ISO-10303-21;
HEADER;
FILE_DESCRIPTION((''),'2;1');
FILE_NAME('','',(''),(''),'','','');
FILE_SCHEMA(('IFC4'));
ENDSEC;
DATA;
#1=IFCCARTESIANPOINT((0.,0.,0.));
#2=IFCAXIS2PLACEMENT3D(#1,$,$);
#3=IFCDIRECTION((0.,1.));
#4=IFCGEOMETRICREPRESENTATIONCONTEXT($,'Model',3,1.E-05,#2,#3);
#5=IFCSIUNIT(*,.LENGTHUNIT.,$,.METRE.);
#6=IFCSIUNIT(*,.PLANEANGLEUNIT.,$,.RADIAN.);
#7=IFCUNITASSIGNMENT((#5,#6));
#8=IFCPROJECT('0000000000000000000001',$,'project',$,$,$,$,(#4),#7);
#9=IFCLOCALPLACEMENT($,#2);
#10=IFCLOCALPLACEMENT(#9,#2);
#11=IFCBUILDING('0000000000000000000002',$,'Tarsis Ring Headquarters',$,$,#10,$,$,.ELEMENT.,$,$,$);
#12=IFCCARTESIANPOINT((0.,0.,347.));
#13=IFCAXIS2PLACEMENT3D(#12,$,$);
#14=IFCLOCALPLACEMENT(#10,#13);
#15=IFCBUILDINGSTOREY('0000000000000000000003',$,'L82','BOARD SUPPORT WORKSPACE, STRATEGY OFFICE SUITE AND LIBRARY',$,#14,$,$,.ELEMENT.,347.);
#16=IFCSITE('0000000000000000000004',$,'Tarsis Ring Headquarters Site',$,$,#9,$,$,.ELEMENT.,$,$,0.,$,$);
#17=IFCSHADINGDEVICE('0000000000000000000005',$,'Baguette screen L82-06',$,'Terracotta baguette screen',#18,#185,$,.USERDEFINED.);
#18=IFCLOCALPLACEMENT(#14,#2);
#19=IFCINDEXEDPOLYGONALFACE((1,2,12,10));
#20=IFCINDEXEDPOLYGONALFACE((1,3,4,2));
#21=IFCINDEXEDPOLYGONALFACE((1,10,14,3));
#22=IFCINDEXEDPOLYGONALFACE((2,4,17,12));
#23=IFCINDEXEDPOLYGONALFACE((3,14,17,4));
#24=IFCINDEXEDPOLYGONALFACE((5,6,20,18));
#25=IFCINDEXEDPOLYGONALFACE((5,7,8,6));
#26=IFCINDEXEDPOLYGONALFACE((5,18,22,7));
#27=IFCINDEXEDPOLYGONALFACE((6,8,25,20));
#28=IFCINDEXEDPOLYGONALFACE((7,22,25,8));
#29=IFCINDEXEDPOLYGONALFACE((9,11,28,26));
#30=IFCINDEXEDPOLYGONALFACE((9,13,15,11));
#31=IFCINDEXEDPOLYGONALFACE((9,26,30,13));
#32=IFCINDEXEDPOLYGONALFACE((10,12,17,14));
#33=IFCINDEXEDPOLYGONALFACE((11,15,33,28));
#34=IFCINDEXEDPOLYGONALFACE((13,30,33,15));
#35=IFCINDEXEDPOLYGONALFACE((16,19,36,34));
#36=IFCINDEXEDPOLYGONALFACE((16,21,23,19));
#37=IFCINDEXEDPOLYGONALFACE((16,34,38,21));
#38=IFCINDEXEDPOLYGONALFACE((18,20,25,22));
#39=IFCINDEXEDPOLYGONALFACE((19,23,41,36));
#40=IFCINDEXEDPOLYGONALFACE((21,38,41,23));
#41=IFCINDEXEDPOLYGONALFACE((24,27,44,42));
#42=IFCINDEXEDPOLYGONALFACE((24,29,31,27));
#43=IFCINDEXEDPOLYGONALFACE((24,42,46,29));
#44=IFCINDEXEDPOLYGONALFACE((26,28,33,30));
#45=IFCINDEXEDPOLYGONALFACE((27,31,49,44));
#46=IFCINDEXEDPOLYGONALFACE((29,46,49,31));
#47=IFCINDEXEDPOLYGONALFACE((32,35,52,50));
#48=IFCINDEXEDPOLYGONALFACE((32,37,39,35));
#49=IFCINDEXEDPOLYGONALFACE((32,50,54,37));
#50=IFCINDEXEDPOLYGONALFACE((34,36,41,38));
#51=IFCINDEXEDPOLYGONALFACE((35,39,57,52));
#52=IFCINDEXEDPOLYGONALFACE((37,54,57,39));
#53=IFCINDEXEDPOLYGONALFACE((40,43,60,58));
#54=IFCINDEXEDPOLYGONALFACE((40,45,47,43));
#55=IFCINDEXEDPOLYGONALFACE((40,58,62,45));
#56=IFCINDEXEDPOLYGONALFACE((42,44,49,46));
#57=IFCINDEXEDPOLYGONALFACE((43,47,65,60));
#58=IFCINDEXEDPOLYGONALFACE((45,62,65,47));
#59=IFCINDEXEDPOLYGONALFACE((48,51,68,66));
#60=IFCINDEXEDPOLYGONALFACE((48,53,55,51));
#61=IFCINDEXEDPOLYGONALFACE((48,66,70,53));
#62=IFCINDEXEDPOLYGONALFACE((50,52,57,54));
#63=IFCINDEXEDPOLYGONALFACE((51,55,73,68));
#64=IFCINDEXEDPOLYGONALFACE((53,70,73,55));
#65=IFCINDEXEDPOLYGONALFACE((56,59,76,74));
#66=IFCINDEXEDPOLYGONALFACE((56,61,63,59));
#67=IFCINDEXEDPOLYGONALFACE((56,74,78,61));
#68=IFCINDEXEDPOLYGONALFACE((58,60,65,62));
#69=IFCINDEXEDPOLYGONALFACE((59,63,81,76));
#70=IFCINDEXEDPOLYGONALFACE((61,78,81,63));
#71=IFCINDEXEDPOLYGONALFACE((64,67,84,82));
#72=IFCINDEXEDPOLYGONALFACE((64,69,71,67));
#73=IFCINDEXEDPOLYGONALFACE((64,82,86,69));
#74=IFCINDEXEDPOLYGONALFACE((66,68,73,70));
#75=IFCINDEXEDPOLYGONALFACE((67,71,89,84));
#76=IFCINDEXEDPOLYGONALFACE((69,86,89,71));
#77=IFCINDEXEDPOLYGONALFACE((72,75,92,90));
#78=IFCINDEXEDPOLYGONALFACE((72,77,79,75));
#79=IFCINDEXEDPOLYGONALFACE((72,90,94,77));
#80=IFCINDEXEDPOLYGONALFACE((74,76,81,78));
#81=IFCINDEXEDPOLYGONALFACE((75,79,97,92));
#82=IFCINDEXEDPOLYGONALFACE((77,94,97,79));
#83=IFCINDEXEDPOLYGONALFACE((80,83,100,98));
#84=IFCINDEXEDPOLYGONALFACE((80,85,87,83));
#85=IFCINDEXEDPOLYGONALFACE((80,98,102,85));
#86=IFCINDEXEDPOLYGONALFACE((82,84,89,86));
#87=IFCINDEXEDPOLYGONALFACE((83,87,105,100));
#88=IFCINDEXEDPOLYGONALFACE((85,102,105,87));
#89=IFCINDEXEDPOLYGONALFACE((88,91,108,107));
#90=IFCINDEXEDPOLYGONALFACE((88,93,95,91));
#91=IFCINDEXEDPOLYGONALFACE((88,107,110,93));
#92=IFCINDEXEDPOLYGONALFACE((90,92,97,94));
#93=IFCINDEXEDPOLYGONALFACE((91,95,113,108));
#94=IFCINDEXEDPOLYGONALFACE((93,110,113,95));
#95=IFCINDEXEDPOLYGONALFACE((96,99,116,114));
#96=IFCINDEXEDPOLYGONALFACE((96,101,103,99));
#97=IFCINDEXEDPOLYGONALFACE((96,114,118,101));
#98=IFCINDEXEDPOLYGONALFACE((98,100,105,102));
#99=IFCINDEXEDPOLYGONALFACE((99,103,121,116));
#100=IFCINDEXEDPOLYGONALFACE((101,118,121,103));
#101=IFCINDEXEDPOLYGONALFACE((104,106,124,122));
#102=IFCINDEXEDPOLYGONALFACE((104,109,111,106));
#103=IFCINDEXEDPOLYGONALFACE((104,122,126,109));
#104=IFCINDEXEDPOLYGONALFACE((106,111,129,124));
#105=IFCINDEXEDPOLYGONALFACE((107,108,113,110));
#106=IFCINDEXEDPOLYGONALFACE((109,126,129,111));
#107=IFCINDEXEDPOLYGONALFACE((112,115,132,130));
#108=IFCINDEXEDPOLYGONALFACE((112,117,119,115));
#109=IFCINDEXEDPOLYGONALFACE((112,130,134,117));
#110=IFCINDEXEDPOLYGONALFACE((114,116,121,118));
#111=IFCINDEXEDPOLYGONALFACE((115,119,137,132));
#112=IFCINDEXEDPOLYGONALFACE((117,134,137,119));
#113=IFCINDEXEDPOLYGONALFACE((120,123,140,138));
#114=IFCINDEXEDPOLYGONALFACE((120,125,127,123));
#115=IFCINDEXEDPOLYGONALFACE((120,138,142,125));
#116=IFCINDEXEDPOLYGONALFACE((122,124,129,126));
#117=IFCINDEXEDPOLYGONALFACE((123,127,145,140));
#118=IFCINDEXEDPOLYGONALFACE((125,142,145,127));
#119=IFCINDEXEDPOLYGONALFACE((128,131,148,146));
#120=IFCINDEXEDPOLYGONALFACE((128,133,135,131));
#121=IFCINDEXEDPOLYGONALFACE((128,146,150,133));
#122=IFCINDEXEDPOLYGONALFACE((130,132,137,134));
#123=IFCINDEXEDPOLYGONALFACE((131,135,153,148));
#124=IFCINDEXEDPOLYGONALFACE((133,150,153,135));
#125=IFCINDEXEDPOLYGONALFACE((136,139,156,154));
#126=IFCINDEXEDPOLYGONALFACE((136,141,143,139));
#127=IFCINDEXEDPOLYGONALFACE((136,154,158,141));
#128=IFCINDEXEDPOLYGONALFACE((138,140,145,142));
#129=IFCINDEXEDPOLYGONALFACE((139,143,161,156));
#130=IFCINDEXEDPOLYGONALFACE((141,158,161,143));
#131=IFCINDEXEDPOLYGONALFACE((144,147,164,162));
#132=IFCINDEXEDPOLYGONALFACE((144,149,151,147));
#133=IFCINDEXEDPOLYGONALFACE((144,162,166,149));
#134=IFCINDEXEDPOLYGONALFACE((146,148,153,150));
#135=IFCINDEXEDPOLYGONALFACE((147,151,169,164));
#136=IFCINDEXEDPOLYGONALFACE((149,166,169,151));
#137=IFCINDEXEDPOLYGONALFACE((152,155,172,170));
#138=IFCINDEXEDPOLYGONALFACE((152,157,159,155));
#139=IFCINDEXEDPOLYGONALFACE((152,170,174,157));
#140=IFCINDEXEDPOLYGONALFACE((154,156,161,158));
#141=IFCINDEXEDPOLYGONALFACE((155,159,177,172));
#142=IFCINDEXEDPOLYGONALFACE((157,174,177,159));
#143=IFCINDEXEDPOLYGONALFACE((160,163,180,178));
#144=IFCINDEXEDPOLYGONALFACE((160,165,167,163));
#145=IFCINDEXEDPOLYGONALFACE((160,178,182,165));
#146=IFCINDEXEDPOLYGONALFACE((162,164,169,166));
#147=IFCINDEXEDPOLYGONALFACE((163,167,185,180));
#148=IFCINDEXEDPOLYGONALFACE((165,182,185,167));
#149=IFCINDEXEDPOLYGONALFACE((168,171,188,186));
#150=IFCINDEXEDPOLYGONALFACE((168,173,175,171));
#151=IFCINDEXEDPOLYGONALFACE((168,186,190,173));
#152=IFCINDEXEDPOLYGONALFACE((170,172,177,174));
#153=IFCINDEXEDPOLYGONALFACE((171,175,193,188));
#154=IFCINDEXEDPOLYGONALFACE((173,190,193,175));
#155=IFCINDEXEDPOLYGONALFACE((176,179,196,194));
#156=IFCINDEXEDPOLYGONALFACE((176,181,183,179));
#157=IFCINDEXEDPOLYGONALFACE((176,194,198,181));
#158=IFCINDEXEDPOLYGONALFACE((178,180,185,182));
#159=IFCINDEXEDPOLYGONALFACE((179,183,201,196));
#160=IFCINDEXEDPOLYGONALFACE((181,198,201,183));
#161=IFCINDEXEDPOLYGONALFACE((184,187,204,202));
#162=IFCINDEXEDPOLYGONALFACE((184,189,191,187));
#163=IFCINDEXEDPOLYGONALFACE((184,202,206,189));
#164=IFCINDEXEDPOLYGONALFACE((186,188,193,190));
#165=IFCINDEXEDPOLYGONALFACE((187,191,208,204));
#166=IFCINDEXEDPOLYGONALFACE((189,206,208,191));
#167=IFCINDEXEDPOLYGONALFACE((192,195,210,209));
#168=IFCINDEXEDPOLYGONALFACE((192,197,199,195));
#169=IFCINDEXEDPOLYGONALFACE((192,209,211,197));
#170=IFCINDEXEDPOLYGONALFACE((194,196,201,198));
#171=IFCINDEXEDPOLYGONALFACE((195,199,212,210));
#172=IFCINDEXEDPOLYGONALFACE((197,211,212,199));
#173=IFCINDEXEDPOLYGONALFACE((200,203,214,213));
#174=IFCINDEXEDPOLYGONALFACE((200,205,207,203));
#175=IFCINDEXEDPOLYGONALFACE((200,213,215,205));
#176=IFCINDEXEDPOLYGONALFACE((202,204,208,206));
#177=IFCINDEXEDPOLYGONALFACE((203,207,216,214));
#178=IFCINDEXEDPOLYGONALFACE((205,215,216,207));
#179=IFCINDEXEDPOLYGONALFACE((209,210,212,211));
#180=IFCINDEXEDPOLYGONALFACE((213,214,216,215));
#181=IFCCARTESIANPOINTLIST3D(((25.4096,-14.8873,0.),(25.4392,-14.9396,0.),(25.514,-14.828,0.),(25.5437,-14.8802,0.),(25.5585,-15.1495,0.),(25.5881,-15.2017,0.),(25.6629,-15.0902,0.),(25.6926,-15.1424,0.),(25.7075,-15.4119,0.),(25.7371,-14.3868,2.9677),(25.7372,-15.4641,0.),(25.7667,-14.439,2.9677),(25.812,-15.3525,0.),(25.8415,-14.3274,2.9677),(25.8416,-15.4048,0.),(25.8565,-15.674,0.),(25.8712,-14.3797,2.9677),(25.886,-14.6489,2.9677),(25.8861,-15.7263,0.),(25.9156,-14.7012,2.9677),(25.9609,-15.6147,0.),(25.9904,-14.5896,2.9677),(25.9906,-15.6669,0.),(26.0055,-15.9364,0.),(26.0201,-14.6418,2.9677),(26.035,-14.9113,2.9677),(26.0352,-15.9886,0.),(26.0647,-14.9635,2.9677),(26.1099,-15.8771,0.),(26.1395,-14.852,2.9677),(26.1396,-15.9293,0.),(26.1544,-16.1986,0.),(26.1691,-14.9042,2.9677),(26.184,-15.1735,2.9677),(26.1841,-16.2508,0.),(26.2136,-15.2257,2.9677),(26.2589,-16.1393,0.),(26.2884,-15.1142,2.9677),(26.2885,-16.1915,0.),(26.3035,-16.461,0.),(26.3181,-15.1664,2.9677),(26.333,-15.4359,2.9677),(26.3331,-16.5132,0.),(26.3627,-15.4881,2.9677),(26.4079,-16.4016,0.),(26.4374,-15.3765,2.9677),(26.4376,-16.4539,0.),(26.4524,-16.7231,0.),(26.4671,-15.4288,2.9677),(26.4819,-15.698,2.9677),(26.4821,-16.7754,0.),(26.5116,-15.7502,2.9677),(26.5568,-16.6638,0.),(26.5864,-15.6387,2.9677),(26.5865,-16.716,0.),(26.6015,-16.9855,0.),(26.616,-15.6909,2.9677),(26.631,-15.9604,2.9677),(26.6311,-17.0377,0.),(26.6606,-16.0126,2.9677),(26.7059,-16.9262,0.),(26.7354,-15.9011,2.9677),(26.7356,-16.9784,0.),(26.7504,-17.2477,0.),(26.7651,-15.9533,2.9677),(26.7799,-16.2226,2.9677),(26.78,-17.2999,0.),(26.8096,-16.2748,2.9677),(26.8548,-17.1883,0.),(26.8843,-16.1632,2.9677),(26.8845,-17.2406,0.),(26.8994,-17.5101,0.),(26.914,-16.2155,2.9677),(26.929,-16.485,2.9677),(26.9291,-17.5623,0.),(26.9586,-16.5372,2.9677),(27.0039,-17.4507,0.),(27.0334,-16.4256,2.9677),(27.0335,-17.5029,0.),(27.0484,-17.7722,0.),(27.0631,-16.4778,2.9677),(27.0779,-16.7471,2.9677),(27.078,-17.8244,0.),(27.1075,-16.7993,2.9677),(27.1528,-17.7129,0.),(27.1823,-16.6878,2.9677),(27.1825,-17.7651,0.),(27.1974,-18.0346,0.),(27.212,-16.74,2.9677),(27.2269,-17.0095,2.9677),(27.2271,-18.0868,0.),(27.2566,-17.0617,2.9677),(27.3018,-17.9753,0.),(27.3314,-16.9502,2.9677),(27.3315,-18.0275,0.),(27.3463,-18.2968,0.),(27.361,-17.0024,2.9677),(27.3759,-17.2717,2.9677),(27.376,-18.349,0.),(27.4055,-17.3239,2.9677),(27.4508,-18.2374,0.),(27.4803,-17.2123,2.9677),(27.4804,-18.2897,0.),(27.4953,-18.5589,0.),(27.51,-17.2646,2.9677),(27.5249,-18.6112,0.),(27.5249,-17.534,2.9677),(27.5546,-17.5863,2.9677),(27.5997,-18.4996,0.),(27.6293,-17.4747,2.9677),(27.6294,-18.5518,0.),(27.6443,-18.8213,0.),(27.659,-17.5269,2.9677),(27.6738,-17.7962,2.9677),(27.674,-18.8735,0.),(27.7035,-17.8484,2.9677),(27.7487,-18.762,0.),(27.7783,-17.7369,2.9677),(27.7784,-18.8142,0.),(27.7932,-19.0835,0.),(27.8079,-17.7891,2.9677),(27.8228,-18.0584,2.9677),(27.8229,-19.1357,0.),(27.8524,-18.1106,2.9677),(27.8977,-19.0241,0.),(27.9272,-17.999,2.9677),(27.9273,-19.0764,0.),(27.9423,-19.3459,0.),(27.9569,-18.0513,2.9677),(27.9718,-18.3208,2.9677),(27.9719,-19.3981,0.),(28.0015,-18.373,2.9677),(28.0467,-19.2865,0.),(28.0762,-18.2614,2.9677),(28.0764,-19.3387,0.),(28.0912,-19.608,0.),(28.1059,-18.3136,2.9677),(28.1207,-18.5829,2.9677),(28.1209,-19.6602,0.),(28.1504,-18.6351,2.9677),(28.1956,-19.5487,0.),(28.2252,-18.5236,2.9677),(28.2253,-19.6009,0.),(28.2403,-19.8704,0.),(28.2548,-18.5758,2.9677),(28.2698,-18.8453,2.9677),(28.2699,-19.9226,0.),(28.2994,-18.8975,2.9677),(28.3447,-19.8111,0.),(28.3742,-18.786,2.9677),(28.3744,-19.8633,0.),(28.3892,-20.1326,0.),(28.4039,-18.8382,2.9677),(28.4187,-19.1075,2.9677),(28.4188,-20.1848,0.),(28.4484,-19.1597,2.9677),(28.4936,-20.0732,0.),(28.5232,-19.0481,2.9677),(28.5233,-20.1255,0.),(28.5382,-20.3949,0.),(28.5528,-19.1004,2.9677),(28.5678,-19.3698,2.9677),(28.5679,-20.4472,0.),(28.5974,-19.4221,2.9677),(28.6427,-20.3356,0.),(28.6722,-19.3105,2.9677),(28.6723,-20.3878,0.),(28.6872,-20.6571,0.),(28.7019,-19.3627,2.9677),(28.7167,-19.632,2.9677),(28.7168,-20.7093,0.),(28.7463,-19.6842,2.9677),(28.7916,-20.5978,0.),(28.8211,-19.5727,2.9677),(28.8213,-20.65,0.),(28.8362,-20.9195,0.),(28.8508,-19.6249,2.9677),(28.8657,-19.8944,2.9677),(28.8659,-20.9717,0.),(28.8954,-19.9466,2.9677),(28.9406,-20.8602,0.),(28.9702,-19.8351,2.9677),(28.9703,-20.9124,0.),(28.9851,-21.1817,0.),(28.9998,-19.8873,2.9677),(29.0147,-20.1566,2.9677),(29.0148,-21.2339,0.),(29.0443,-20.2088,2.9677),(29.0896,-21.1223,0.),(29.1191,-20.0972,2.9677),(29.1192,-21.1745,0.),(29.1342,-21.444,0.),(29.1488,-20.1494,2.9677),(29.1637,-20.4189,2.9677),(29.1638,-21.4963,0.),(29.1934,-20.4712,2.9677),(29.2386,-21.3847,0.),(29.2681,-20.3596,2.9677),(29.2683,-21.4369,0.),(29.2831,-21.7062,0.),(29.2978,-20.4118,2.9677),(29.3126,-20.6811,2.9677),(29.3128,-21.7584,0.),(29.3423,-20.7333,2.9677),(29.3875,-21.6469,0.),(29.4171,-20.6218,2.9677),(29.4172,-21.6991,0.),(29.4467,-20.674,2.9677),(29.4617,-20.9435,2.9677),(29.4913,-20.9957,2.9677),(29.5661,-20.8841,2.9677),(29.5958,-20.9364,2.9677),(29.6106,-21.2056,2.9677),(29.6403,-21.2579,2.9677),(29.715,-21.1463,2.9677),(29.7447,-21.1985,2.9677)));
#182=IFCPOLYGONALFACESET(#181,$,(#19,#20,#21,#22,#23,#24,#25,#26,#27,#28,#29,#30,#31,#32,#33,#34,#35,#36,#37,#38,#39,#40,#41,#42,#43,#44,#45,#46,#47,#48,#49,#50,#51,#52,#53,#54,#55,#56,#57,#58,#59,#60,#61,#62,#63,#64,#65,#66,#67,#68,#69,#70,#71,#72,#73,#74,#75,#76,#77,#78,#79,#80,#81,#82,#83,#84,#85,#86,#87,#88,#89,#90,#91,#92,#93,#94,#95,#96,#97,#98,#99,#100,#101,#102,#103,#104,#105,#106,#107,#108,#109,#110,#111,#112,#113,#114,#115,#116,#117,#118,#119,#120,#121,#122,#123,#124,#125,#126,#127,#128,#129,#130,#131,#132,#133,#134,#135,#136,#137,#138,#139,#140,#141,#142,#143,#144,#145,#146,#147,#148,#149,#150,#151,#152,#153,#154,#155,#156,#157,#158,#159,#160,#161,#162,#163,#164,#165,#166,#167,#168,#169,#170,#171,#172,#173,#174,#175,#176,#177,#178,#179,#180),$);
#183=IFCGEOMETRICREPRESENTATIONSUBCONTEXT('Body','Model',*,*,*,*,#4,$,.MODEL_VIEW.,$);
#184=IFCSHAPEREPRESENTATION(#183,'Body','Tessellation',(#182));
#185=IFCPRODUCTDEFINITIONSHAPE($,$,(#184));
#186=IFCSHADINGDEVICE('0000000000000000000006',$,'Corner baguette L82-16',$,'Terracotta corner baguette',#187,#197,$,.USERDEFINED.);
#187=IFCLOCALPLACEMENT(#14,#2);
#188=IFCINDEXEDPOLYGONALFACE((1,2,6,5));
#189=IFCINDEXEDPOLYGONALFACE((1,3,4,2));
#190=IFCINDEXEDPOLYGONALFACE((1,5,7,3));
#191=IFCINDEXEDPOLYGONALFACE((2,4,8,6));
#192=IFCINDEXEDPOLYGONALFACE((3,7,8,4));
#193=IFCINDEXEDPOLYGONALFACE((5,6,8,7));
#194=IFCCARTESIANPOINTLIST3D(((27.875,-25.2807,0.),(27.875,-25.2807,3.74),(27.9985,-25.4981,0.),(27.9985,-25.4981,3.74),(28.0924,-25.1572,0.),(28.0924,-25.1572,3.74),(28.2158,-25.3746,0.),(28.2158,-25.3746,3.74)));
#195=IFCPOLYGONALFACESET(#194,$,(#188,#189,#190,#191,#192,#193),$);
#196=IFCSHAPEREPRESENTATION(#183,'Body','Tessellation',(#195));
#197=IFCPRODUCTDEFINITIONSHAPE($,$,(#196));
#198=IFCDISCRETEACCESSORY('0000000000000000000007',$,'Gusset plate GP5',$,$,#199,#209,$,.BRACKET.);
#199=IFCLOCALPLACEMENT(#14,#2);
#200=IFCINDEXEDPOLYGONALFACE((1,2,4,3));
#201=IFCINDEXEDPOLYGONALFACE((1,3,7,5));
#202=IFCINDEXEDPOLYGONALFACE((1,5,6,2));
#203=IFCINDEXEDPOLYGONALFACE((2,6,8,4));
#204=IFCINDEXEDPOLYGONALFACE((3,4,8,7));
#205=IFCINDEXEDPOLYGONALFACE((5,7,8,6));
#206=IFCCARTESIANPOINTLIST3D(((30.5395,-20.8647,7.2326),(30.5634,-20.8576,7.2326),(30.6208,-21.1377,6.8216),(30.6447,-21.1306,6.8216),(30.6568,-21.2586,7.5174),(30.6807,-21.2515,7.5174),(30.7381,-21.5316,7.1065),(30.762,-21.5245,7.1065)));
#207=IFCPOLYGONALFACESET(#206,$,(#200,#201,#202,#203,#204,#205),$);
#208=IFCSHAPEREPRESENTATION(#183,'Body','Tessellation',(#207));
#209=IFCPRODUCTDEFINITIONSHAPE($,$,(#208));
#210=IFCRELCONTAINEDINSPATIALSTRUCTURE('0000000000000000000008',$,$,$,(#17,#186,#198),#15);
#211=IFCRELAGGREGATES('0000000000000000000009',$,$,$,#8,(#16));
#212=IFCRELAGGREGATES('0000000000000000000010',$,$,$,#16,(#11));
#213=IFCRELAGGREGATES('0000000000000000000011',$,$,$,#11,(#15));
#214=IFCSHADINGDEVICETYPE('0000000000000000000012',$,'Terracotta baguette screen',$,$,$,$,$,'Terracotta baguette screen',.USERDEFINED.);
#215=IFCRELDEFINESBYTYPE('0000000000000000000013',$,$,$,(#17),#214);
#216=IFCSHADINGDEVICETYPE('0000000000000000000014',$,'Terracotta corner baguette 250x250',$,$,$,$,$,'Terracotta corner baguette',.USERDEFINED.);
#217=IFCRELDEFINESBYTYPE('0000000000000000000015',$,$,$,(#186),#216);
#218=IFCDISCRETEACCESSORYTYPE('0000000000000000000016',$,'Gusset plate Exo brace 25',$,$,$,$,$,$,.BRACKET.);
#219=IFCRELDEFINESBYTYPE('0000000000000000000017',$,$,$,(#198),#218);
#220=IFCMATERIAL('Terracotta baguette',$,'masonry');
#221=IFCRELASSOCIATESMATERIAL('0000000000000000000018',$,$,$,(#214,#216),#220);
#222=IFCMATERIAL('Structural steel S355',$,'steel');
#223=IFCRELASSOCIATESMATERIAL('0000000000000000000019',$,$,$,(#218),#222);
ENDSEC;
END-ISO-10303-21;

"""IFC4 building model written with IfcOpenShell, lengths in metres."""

from ifc_helpers import new_model, si_unit, direction, frame, frame_2d, origin, origin_2d, place, context, subcontext, project, spatial, rectangle, composite_profile, extrude, material, material_profile, profile_set, type_object, element, save


model = new_model("IFC4")

# Units and contexts
model_context = context("Model", 3, precision=1e-05, world=origin(), true_north=direction((0.0, 1.0)))
body_context = subcontext(model_context, "Body", "Model", "MODEL_VIEW")
ifc_project = project(units=[si_unit("LENGTHUNIT", "METRE"), si_unit("PLANEANGLEUNIT", "RADIAN")], contexts=[model_context])

# Site, building, storey
site_placement = place(None, origin())
site = spatial("IfcSite", under=ifc_project, at=site_placement, Name="Tarsis Ring Headquarters Site", CompositionType="ELEMENT", RefElevation=0.0)
building_placement = place(site_placement, origin())
building = spatial("IfcBuilding", under=site, at=building_placement, Name="Tarsis Ring Headquarters", CompositionType="ELEMENT")
storey_placement = place(building_placement, frame((0.0, 0.0, 347.0)))
storey = spatial("IfcBuildingStorey", under=building, at=storey_placement, Name="L82", Description="BOARD SUPPORT WORKSPACE, STRATEGY OFFICE SUITE AND LIBRARY", CompositionType="ELEMENT", Elevation=347.0)

# Shared definitions
ifc_material_1 = material(Name="Structural steel S355", Category="steel")

# Shading devices
ifc_material_2 = material(Name="Terracotta baguette", Category="masonry")
shading_device_type_1 = type_object("IfcShadingDeviceType", Name="Terracotta baguette screen", ElementType="Terracotta baguette screen", PredefinedType="USERDEFINED", material=ifc_material_2)
shading_device_1_placement = place(storey_placement, frame((29.365, -21.7288, 0.0), z_axis=(0.0, 0.0, 1.0), x_axis=(-0.493929, 0.869497, 0.0)))
element("IfcShadingDevice", 1, at=shading_device_1_placement, inside=storey, type_object=shading_device_type_1, Name="Baguette screen L82-06", ObjectType="Terracotta baguette screen", PredefinedType="USERDEFINED", context=body_context, shape_type="SweptSolid", body=[
    extrude(composite_profile([rectangle(XDim=0.0601, YDim=0.1201, at=frame_2d((0.03, 0.0))), rectangle(XDim=0.0601, YDim=0.1201, at=frame_2d((0.3315, 0.0))), rectangle(XDim=0.0601, YDim=0.1201, at=frame_2d((0.6333, 0.0))), rectangle(XDim=0.0601, YDim=0.1201, at=frame_2d((0.9348, 0.0))), rectangle(XDim=0.0601, YDim=0.1201, at=frame_2d((1.2366, 0.0))), rectangle(XDim=0.0601, YDim=0.1201, at=frame_2d((1.5381, 0.0))), rectangle(XDim=0.0601, YDim=0.1201, at=frame_2d((1.8398, 0.0))), rectangle(XDim=0.0601, YDim=0.1201, at=frame_2d((2.1414, 0.0))), rectangle(XDim=0.0601, YDim=0.1201, at=frame_2d((2.4431, 0.0))), rectangle(XDim=0.0601, YDim=0.1201, at=frame_2d((2.7446, 0.0))), rectangle(XDim=0.0601, YDim=0.1201, at=frame_2d((3.0464, 0.0))), rectangle(XDim=0.0601, YDim=0.1201, at=frame_2d((3.3479, 0.0))), rectangle(XDim=0.0601, YDim=0.1201, at=frame_2d((3.6497, 0.0))), rectangle(XDim=0.0601, YDim=0.1201, at=frame_2d((3.9512, 0.0))), rectangle(XDim=0.0601, YDim=0.1201, at=frame_2d((4.2527, 0.0))), rectangle(XDim=0.0601, YDim=0.1201, at=frame_2d((4.5544, 0.0))), rectangle(XDim=0.0601, YDim=0.1201, at=frame_2d((4.856, 0.0))), rectangle(XDim=0.0601, YDim=0.1201, at=frame_2d((5.1577, 0.0))), rectangle(XDim=0.0601, YDim=0.1201, at=frame_2d((5.4592, 0.0))), rectangle(XDim=0.0601, YDim=0.1201, at=frame_2d((5.761, 0.0))), rectangle(XDim=0.0601, YDim=0.1201, at=frame_2d((6.0625, 0.0))), rectangle(XDim=0.0601, YDim=0.1201, at=frame_2d((6.3643, 0.0))), rectangle(XDim=0.0601, YDim=0.1201, at=frame_2d((6.6658, 0.0))), rectangle(XDim=0.0601, YDim=0.1201, at=frame_2d((6.9675, 0.0))), rectangle(XDim=0.0601, YDim=0.1201, at=frame_2d((7.269, 0.0))), rectangle(XDim=0.0601, YDim=0.1201, at=frame_2d((7.5708, 0.0))), rectangle(XDim=0.0601, YDim=0.1201, at=frame_2d((7.8723, 0.0)))]), origin(), (0.090334, -0.175733, 0.980284), 3.0273),
])
shading_device_type_2 = type_object("IfcShadingDeviceType", Name="Terracotta corner baguette 250x250", ElementType="Terracotta corner baguette", PredefinedType="USERDEFINED", material=ifc_material_2)
shading_device_2_placement = place(storey_placement, frame((28.0454, -25.3276, 0.0), z_axis=(0.0, 0.0, 1.0), x_axis=(0.869495, 0.493942, 0.0)))
element("IfcShadingDevice", 2, at=shading_device_2_placement, inside=storey, type_object=shading_device_type_2, Name="Corner baguette L82-16", ObjectType="Terracotta corner baguette", PredefinedType="USERDEFINED", context=body_context, shape_type="SweptSolid", body=[
    extrude(rectangle(XDim=0.25, YDim=0.25, at=origin_2d()), origin(), (0.0, 0.0, 1.0), 3.74),
])

# Discrete accessory
ifc_material_profile_1 = material_profile(ifc_material_1, rectangle(XDim=0.0249, YDim=0.5, at=origin_2d()), Name="PL 25x500")
ifc_profile_set_1 = profile_set([ifc_material_profile_1], Name="Structural steel S355")
discrete_accessory_type = type_object("IfcDiscreteAccessoryType", Name="Gusset plate Exo brace 25", PredefinedType="BRACKET", material=ifc_profile_set_1)
discrete_accessory_placement = place(storey_placement, frame((30.6101, -21.0581, 7.375), z_axis=(0.162617, -0.545964, -0.821876), x_axis=(0.958391, 0.28546, 0.0)))
element("IfcDiscreteAccessory", 3, at=discrete_accessory_placement, inside=storey, type_object=discrete_accessory_type, Name="Gusset plate GP5", PredefinedType="BRACKET", context=body_context, shape_type="SweptSolid", body=[
    extrude(rectangle(XDim=0.0249, YDim=0.5, at=origin_2d()), origin(), (0.0, 0.0, 1.0), 0.5),
])

save(model, "model.ifc")
